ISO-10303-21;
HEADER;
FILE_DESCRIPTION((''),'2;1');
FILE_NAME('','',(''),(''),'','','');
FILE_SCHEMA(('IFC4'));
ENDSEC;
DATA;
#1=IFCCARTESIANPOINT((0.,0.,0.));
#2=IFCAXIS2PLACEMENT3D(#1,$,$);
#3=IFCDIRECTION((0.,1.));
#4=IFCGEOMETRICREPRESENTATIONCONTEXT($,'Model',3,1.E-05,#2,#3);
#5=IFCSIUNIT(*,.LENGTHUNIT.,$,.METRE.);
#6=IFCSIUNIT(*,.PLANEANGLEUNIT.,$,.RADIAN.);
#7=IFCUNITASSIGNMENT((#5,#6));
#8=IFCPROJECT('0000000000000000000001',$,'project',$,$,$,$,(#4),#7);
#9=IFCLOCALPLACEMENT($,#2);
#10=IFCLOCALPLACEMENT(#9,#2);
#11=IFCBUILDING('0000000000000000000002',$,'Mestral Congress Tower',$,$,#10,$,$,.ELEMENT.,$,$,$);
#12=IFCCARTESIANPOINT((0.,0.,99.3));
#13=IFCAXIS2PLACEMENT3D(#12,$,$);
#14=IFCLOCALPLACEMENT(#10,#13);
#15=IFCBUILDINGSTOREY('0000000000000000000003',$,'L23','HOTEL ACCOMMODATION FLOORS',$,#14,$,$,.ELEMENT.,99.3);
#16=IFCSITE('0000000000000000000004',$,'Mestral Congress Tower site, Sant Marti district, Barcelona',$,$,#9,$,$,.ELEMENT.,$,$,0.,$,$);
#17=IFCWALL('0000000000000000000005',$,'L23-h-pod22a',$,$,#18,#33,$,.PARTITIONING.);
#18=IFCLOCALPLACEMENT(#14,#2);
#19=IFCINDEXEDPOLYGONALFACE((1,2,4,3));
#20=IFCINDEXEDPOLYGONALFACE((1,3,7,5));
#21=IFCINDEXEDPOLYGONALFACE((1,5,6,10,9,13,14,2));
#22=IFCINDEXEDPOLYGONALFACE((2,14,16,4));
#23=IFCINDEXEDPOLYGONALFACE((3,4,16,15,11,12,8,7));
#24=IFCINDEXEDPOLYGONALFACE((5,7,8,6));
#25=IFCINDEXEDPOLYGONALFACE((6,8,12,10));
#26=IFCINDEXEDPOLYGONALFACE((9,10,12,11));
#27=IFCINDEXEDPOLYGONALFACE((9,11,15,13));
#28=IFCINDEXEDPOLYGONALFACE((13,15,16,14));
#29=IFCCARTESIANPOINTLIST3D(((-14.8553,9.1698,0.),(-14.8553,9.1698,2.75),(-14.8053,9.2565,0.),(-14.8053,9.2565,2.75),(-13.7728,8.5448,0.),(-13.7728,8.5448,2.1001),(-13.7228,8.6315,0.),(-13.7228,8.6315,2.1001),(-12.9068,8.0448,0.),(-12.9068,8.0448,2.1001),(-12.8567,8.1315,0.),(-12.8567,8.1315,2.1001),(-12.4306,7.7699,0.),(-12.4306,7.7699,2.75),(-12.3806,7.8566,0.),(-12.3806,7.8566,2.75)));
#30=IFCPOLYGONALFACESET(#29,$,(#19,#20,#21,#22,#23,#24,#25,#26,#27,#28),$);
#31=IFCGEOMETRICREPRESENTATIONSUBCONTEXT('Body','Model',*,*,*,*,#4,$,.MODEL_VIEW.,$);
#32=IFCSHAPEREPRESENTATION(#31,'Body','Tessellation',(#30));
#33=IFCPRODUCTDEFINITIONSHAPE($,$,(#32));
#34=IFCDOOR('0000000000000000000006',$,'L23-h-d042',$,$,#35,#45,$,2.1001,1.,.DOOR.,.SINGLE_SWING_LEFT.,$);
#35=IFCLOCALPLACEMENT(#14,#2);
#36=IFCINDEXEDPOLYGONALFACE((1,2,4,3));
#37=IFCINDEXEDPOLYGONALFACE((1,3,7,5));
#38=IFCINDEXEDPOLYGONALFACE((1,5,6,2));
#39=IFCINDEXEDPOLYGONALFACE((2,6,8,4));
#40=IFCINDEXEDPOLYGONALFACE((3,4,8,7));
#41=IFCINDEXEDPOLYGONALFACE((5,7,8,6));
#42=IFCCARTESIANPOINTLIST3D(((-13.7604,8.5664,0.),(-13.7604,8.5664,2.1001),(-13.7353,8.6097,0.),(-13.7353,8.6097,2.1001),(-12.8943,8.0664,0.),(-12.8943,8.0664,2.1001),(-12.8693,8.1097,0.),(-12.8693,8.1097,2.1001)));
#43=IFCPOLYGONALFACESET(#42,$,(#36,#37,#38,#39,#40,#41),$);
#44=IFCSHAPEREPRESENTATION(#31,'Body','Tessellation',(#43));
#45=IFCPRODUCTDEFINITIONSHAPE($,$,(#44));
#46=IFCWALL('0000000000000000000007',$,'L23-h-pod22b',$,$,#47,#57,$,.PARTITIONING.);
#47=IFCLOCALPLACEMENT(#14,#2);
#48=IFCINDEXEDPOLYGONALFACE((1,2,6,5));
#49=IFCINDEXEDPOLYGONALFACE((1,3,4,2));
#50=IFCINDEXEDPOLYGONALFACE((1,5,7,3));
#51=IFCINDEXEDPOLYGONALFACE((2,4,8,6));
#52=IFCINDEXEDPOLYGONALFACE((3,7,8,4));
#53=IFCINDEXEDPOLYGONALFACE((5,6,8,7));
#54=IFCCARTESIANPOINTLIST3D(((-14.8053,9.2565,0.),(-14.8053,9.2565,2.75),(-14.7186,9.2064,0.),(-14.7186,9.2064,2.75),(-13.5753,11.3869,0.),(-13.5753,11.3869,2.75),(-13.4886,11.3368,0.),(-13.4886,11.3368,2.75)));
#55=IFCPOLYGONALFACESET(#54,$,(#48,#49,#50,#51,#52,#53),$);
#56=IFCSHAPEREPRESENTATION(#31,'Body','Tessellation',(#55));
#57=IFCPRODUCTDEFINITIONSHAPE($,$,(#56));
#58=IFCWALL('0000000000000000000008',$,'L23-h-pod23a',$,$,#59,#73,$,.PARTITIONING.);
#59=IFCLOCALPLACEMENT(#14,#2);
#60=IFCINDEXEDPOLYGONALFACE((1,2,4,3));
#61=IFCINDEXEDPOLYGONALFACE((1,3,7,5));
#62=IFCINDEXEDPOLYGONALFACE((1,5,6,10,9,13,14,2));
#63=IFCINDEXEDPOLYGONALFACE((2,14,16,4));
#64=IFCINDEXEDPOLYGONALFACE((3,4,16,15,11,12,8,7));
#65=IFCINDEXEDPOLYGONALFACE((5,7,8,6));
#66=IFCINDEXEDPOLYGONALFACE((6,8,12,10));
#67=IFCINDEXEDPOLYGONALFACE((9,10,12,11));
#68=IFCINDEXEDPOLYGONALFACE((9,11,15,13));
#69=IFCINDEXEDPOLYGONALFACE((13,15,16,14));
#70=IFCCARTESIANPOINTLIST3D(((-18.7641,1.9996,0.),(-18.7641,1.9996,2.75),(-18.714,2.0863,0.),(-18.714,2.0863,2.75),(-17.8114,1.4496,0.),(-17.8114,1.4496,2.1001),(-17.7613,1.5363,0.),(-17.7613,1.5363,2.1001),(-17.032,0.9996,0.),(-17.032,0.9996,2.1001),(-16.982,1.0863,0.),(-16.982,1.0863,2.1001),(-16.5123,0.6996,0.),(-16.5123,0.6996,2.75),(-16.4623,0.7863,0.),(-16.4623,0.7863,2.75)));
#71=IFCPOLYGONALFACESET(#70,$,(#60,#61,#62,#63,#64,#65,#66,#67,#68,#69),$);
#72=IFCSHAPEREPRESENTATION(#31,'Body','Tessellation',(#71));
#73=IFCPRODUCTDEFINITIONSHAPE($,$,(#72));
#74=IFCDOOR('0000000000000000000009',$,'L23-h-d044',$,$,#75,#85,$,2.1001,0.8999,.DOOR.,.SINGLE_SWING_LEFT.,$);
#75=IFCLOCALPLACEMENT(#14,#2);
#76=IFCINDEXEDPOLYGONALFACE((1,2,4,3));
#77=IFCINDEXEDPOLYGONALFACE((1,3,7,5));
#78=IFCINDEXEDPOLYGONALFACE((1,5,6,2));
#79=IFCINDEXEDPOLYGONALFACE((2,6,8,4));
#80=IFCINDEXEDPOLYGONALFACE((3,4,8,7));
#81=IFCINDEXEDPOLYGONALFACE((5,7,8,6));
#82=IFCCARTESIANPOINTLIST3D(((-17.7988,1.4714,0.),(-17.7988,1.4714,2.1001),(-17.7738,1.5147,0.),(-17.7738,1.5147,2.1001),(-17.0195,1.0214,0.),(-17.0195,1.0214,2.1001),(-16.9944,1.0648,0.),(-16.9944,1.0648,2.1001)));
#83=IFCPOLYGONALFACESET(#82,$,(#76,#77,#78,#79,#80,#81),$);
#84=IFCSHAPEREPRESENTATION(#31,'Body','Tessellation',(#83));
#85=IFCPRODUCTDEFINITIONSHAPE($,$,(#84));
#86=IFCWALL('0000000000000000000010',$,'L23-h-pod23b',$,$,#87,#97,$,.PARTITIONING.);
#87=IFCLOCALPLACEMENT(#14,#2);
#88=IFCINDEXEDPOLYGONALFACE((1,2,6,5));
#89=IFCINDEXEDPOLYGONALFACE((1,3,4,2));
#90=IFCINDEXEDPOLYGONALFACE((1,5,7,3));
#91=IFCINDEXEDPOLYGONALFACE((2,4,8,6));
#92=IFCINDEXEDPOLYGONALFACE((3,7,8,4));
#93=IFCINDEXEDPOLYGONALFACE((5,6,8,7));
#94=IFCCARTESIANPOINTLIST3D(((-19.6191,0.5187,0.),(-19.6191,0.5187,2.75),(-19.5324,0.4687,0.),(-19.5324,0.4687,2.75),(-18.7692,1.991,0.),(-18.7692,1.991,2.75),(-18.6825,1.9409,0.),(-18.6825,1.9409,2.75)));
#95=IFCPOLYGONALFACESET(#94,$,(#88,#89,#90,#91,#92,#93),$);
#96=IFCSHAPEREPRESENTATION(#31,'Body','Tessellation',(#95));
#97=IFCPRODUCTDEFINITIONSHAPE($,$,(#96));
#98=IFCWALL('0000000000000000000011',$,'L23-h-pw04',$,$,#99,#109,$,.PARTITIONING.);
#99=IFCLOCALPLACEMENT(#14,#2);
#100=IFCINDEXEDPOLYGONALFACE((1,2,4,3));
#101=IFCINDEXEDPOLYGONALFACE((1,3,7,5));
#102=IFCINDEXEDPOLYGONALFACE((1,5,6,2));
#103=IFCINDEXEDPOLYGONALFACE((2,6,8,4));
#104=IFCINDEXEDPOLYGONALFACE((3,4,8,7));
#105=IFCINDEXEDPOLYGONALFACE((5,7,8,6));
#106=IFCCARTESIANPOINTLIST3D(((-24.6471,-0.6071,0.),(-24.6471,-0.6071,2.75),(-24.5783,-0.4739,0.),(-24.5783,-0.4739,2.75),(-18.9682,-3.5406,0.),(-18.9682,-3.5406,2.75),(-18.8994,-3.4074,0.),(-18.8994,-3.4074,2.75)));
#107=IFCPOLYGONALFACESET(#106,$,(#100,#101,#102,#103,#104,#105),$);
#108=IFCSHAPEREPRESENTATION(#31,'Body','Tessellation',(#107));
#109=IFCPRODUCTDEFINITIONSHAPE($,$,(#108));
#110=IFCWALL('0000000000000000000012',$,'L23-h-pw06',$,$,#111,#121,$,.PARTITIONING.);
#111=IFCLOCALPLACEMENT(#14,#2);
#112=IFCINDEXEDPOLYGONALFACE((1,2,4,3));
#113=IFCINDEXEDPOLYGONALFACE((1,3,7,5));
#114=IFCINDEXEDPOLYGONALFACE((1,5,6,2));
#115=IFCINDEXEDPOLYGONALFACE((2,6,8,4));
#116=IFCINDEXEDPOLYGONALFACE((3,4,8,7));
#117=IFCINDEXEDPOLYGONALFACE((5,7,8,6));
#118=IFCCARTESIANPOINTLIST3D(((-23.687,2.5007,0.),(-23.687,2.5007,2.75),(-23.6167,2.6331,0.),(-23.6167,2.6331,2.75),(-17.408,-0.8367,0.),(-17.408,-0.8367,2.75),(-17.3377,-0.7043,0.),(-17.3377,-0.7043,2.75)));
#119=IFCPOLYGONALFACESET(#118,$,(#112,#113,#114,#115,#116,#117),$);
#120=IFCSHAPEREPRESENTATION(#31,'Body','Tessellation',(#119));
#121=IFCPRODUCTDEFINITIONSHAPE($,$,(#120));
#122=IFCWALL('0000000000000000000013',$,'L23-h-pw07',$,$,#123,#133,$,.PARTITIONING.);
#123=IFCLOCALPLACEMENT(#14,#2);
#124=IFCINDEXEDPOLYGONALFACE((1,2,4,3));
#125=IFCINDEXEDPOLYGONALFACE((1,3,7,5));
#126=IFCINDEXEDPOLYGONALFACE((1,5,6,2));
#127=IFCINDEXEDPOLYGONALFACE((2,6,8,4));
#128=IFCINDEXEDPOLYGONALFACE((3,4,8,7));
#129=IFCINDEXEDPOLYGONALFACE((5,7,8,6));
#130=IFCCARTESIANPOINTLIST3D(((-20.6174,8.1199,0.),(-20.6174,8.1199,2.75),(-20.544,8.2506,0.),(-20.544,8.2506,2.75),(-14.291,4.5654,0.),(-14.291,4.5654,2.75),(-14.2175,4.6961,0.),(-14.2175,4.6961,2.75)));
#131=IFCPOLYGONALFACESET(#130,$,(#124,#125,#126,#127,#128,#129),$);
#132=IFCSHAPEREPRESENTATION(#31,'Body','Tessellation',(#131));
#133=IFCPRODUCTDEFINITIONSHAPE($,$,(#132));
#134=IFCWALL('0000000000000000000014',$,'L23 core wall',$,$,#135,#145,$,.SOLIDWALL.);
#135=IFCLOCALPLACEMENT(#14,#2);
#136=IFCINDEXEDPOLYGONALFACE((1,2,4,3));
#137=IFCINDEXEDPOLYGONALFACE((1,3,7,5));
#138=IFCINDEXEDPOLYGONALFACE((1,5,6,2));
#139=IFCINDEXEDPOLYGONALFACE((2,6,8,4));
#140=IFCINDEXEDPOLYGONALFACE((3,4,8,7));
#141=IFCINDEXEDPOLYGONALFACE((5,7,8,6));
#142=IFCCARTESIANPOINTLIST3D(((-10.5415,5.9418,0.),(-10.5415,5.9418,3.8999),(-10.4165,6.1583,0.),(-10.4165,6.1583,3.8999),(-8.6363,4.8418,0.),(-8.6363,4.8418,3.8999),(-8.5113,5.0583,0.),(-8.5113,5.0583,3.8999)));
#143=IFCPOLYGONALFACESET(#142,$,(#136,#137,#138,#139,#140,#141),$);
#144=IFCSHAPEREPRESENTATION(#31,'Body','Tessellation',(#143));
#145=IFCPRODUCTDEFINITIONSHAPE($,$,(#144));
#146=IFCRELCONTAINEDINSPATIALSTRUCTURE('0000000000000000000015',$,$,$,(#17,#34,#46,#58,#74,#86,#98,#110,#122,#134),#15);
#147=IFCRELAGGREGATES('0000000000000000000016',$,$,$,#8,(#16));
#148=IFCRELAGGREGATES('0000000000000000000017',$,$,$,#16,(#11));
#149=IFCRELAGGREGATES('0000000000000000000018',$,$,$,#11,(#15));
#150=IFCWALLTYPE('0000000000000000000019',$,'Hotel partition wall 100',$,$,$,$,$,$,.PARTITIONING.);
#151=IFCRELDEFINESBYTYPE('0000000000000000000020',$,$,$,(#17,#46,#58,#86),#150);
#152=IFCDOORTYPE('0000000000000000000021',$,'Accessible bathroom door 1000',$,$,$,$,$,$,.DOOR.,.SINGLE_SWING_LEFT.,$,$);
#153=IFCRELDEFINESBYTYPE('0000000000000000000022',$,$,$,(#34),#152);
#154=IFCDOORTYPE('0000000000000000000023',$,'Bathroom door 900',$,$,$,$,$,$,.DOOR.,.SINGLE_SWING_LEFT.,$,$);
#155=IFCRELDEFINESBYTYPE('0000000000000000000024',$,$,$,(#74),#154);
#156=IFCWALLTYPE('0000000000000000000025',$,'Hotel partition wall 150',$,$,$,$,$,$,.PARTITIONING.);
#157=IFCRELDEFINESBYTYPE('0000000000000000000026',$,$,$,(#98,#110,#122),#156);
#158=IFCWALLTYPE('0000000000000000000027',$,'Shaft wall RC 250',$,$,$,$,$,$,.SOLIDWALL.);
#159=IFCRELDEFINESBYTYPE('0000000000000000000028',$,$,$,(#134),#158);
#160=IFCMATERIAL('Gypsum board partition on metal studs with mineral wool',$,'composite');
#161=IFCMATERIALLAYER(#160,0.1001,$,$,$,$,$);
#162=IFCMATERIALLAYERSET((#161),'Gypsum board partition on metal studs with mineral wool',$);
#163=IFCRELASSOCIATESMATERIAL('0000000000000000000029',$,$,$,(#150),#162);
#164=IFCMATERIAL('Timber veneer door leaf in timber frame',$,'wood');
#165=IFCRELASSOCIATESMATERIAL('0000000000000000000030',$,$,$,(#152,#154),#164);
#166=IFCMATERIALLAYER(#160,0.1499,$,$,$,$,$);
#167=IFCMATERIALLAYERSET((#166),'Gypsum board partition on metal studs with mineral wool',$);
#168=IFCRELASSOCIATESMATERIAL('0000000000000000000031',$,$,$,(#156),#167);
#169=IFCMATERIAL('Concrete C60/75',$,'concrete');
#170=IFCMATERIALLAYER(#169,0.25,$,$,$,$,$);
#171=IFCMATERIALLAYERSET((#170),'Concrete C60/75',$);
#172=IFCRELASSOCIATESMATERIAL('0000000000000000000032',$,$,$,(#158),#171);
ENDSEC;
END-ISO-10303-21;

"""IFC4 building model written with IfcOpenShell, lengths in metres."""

from ifc_helpers import new_model, si_unit, direction, frame, frame_2d, origin, place, context, subcontext, project, spatial, rectangle, extrude, material, layer, layer_set, type_object, element, fill, save


model = new_model("IFC4")

# Units and contexts
model_context = context("Model", 3, precision=1e-05, world=origin(), true_north=direction((0.0, 1.0)))
body_context = subcontext(model_context, "Body", "Model", "MODEL_VIEW")
ifc_project = project(units=[si_unit("LENGTHUNIT", "METRE"), si_unit("PLANEANGLEUNIT", "RADIAN")], contexts=[model_context])

# Site, building, storey
site_placement = place(None, origin())
site = spatial("IfcSite", under=ifc_project, at=site_placement, Name="Mestral Congress Tower site, Sant Marti district, Barcelona", CompositionType="ELEMENT", RefElevation=0.0)
building_placement = place(site_placement, origin())
building = spatial("IfcBuilding", under=site, at=building_placement, Name="Mestral Congress Tower", CompositionType="ELEMENT")
storey_placement = place(building_placement, frame((0.0, 0.0, 99.3)))
storey = spatial("IfcBuildingStorey", under=building, at=storey_placement, Name="L23", Description="HOTEL ACCOMMODATION FLOORS", CompositionType="ELEMENT", Elevation=99.3)

# Shared definitions
ifc_material_1 = material(Name="Concrete C60/75", Category="concrete")

# Wall, opening, door
ifc_material_2 = material(Name="Gypsum board partition on metal studs with mineral wool", Category="composite")
ifc_layer_1 = layer(ifc_material_2, 0.1001)
ifc_layer_set_1 = layer_set([ifc_layer_1], Name="Gypsum board partition on metal studs with mineral wool")
wall_type_1 = type_object("IfcWallType", Name="Hotel partition wall 100", PredefinedType="PARTITIONING", material=ifc_layer_set_1)
wall_1_placement = place(storey_placement, frame((-14.8303, 9.2131, 0.0), z_axis=(0.0, 0.0, 1.0), x_axis=(0.866035, -0.499984, 0.0)))
wall_1 = element("IfcWall", 1, at=wall_1_placement, inside=storey, type_object=wall_type_1, Name="L23-h-pod22a", PredefinedType="PARTITIONING", context=body_context, shape_type="SweptSolid", body=[
    extrude(rectangle(XDim=2.7998, YDim=0.1001, at=frame_2d((1.3999, 0.0))), origin(), (0.0, 0.0, 1.0), 2.75),
])
opening_1_placement = place(wall_1_placement, frame((1.25, 0.0, 0.0)))
opening_1 = element("IfcOpeningElement", 2, at=opening_1_placement, cuts=wall_1, PredefinedType="OPENING", context=body_context, shape_type="SweptSolid", body=[
    extrude(rectangle(XDim=1.0, YDim=2.1001, at=frame_2d((0.5, 1.05))), frame((0.0, 0.0601, 0.0), z_axis=(0.0, -1.0, 0.0), x_axis=(1.0, 0.0, 0.0)), (0.0, 0.0, 1.0), 0.1201),
])
ifc_material_3 = material(Name="Timber veneer door leaf in timber frame", Category="wood")
door_type_1 = type_object("IfcDoorType", Name="Accessible bathroom door 1000", OperationType="SINGLE_SWING_LEFT", PredefinedType="DOOR", material=ifc_material_3)
door_1_placement = place(opening_1_placement, origin())
door_1 = element("IfcDoor", 3, at=door_1_placement, inside=storey, type_object=door_type_1, Name="L23-h-d042", OperationType="SINGLE_SWING_LEFT", OverallHeight=2.1001, OverallWidth=1.0, PredefinedType="DOOR", context=body_context, shape_type="SweptSolid", body=[
    extrude(rectangle(XDim=1.0, YDim=2.1001, at=frame_2d((0.5, 1.05))), frame((0.0, 0.0249, 0.0), z_axis=(0.0, -1.0, 0.0), x_axis=(1.0, 0.0, 0.0)), (0.0, 0.0, 1.0), 0.05),
])
fill(opening_1, door_1)

# Wall
wall_2_placement = place(storey_placement, frame((-14.762, 9.2314, 0.0), z_axis=(0.0, 0.0, 1.0), x_axis=(0.500003, 0.866024, 0.0)))
element("IfcWall", 4, at=wall_2_placement, inside=storey, type_object=wall_type_1, Name="L23-h-pod22b", PredefinedType="PARTITIONING", context=body_context, shape_type="SweptSolid", body=[
    extrude(rectangle(XDim=2.46, YDim=0.1001, at=frame_2d((1.23, 0.0))), origin(), (0.0, 0.0, 1.0), 2.75),
])

# Wall, opening, door
wall_3_placement = place(storey_placement, frame((-16.4873, 0.7429, 0.0), z_axis=(0.0, 0.0, 1.0), x_axis=(-0.866021, 0.500007, 0.0)))
wall_3 = element("IfcWall", 5, at=wall_3_placement, inside=storey, type_object=wall_type_1, Name="L23-h-pod23a", PredefinedType="PARTITIONING", context=body_context, shape_type="SweptSolid", body=[
    extrude(rectangle(XDim=2.6001, YDim=0.1001, at=frame_2d((1.3, 0.0))), origin(), (0.0, 0.0, 1.0), 2.75),
])
opening_2_placement = place(wall_3_placement, frame((0.6001, 0.0, 0.0)))
opening_2 = element("IfcOpeningElement", 6, at=opening_2_placement, cuts=wall_3, PredefinedType="OPENING", context=body_context, shape_type="SweptSolid", body=[
    extrude(rectangle(XDim=0.8999, YDim=2.1001, at=frame_2d((0.45, 1.05))), frame((0.0, 0.0601, 0.0), z_axis=(0.0, -1.0, 0.0), x_axis=(1.0, 0.0, 0.0)), (0.0, 0.0, 1.0), 0.1201),
])
door_type_2 = type_object("IfcDoorType", Name="Bathroom door 900", OperationType="SINGLE_SWING_LEFT", PredefinedType="DOOR", material=ifc_material_3)
door_2_placement = place(opening_2_placement, origin())
door_2 = element("IfcDoor", 7, at=door_2_placement, inside=storey, type_object=door_type_2, Name="L23-h-d044", OperationType="SINGLE_SWING_LEFT", OverallHeight=2.1001, OverallWidth=0.8999, PredefinedType="DOOR", context=body_context, shape_type="SweptSolid", body=[
    extrude(rectangle(XDim=0.8999, YDim=2.1001, at=frame_2d((0.45, 1.05))), frame((0.0, 0.0249, 0.0), z_axis=(0.0, -1.0, 0.0), x_axis=(1.0, 0.0, 0.0)), (0.0, 0.0, 1.0), 0.05),
])
fill(opening_2, door_2)

# Walls
wall_4_placement = place(storey_placement, frame((-18.7258, 1.9661, 0.0), z_axis=(0.0, 0.0, 1.0), x_axis=(-0.499955, -0.866052, 0.0)))
element("IfcWall", 8, at=wall_4_placement, inside=storey, type_object=wall_type_1, Name="L23-h-pod23b", PredefinedType="PARTITIONING", context=body_context, shape_type="SweptSolid", body=[
    extrude(rectangle(XDim=1.7, YDim=0.1001, at=frame_2d((0.8501, 0.0))), origin(), (0.0, 0.0, 1.0), 2.75),
])
ifc_layer_2 = layer(ifc_material_2, 0.1499)
ifc_layer_set_2 = layer_set([ifc_layer_2], Name="Gypsum board partition on metal studs with mineral wool")
wall_type_2 = type_object("IfcWallType", Name="Hotel partition wall 150", PredefinedType="PARTITIONING", material=ifc_layer_set_2)
wall_5_placement = place(storey_placement, frame((-24.6125, -0.5405, 0.0), z_axis=(0.0, 0.0, 1.0), x_axis=(0.88846, -0.458954, 0.0)))
element("IfcWall", 9, at=wall_5_placement, inside=storey, type_object=wall_type_2, Name="L23-h-pw04", PredefinedType="PARTITIONING", context=body_context, shape_type="SweptSolid", body=[
    extrude(rectangle(XDim=6.3918, YDim=0.1499, at=frame_2d((3.1958, 0.0))), origin(), (0.0, 0.0, 1.0), 2.75),
])
wall_6_placement = place(storey_placement, frame((-23.6519, 2.5669, 0.0), z_axis=(0.0, 0.0, 1.0), x_axis=(0.883019, -0.469337, 0.0)))
element("IfcWall", 10, at=wall_6_placement, inside=storey, type_object=wall_type_2, Name="L23-h-pw06", PredefinedType="PARTITIONING", context=body_context, shape_type="SweptSolid", body=[
    extrude(rectangle(XDim=7.1108, YDim=0.1499, at=frame_2d((3.5554, 0.0))), origin(), (0.0, 0.0, 1.0), 2.75),
])
wall_7_placement = place(storey_placement, frame((-20.5808, 8.1853, 0.0), z_axis=(0.0, 0.0, 1.0), x_axis=(0.871821, -0.489825, 0.0)))
element("IfcWall", 11, at=wall_7_placement, inside=storey, type_object=wall_type_2, Name="L23-h-pw07", PredefinedType="PARTITIONING", context=body_context, shape_type="SweptSolid", body=[
    extrude(rectangle(XDim=7.2566, YDim=0.1499, at=frame_2d((3.6284, 0.0))), origin(), (0.0, 0.0, 1.0), 2.75),
])
ifc_layer_3 = layer(ifc_material_1, 0.25)
ifc_layer_set_3 = layer_set([ifc_layer_3], Name="Concrete C60/75")
wall_type_3 = type_object("IfcWallType", Name="Shaft wall RC 250", PredefinedType="SOLIDWALL", material=ifc_layer_set_3)
wall_8_placement = place(storey_placement, frame((-8.5737, 4.95, 0.0), z_axis=(0.0, 0.0, 1.0), x_axis=(-0.866008, 0.50003, 0.0)))
element("IfcWall", 12, at=wall_8_placement, inside=storey, type_object=wall_type_3, Name="L23 core wall", PredefinedType="SOLIDWALL", context=body_context, shape_type="SweptSolid", body=[
    extrude(rectangle(XDim=2.2, YDim=0.25, at=frame_2d((1.1001, 0.0))), origin(), (0.0, 0.0, 1.0), 3.8999),
])

save(model, "model.ifc")
